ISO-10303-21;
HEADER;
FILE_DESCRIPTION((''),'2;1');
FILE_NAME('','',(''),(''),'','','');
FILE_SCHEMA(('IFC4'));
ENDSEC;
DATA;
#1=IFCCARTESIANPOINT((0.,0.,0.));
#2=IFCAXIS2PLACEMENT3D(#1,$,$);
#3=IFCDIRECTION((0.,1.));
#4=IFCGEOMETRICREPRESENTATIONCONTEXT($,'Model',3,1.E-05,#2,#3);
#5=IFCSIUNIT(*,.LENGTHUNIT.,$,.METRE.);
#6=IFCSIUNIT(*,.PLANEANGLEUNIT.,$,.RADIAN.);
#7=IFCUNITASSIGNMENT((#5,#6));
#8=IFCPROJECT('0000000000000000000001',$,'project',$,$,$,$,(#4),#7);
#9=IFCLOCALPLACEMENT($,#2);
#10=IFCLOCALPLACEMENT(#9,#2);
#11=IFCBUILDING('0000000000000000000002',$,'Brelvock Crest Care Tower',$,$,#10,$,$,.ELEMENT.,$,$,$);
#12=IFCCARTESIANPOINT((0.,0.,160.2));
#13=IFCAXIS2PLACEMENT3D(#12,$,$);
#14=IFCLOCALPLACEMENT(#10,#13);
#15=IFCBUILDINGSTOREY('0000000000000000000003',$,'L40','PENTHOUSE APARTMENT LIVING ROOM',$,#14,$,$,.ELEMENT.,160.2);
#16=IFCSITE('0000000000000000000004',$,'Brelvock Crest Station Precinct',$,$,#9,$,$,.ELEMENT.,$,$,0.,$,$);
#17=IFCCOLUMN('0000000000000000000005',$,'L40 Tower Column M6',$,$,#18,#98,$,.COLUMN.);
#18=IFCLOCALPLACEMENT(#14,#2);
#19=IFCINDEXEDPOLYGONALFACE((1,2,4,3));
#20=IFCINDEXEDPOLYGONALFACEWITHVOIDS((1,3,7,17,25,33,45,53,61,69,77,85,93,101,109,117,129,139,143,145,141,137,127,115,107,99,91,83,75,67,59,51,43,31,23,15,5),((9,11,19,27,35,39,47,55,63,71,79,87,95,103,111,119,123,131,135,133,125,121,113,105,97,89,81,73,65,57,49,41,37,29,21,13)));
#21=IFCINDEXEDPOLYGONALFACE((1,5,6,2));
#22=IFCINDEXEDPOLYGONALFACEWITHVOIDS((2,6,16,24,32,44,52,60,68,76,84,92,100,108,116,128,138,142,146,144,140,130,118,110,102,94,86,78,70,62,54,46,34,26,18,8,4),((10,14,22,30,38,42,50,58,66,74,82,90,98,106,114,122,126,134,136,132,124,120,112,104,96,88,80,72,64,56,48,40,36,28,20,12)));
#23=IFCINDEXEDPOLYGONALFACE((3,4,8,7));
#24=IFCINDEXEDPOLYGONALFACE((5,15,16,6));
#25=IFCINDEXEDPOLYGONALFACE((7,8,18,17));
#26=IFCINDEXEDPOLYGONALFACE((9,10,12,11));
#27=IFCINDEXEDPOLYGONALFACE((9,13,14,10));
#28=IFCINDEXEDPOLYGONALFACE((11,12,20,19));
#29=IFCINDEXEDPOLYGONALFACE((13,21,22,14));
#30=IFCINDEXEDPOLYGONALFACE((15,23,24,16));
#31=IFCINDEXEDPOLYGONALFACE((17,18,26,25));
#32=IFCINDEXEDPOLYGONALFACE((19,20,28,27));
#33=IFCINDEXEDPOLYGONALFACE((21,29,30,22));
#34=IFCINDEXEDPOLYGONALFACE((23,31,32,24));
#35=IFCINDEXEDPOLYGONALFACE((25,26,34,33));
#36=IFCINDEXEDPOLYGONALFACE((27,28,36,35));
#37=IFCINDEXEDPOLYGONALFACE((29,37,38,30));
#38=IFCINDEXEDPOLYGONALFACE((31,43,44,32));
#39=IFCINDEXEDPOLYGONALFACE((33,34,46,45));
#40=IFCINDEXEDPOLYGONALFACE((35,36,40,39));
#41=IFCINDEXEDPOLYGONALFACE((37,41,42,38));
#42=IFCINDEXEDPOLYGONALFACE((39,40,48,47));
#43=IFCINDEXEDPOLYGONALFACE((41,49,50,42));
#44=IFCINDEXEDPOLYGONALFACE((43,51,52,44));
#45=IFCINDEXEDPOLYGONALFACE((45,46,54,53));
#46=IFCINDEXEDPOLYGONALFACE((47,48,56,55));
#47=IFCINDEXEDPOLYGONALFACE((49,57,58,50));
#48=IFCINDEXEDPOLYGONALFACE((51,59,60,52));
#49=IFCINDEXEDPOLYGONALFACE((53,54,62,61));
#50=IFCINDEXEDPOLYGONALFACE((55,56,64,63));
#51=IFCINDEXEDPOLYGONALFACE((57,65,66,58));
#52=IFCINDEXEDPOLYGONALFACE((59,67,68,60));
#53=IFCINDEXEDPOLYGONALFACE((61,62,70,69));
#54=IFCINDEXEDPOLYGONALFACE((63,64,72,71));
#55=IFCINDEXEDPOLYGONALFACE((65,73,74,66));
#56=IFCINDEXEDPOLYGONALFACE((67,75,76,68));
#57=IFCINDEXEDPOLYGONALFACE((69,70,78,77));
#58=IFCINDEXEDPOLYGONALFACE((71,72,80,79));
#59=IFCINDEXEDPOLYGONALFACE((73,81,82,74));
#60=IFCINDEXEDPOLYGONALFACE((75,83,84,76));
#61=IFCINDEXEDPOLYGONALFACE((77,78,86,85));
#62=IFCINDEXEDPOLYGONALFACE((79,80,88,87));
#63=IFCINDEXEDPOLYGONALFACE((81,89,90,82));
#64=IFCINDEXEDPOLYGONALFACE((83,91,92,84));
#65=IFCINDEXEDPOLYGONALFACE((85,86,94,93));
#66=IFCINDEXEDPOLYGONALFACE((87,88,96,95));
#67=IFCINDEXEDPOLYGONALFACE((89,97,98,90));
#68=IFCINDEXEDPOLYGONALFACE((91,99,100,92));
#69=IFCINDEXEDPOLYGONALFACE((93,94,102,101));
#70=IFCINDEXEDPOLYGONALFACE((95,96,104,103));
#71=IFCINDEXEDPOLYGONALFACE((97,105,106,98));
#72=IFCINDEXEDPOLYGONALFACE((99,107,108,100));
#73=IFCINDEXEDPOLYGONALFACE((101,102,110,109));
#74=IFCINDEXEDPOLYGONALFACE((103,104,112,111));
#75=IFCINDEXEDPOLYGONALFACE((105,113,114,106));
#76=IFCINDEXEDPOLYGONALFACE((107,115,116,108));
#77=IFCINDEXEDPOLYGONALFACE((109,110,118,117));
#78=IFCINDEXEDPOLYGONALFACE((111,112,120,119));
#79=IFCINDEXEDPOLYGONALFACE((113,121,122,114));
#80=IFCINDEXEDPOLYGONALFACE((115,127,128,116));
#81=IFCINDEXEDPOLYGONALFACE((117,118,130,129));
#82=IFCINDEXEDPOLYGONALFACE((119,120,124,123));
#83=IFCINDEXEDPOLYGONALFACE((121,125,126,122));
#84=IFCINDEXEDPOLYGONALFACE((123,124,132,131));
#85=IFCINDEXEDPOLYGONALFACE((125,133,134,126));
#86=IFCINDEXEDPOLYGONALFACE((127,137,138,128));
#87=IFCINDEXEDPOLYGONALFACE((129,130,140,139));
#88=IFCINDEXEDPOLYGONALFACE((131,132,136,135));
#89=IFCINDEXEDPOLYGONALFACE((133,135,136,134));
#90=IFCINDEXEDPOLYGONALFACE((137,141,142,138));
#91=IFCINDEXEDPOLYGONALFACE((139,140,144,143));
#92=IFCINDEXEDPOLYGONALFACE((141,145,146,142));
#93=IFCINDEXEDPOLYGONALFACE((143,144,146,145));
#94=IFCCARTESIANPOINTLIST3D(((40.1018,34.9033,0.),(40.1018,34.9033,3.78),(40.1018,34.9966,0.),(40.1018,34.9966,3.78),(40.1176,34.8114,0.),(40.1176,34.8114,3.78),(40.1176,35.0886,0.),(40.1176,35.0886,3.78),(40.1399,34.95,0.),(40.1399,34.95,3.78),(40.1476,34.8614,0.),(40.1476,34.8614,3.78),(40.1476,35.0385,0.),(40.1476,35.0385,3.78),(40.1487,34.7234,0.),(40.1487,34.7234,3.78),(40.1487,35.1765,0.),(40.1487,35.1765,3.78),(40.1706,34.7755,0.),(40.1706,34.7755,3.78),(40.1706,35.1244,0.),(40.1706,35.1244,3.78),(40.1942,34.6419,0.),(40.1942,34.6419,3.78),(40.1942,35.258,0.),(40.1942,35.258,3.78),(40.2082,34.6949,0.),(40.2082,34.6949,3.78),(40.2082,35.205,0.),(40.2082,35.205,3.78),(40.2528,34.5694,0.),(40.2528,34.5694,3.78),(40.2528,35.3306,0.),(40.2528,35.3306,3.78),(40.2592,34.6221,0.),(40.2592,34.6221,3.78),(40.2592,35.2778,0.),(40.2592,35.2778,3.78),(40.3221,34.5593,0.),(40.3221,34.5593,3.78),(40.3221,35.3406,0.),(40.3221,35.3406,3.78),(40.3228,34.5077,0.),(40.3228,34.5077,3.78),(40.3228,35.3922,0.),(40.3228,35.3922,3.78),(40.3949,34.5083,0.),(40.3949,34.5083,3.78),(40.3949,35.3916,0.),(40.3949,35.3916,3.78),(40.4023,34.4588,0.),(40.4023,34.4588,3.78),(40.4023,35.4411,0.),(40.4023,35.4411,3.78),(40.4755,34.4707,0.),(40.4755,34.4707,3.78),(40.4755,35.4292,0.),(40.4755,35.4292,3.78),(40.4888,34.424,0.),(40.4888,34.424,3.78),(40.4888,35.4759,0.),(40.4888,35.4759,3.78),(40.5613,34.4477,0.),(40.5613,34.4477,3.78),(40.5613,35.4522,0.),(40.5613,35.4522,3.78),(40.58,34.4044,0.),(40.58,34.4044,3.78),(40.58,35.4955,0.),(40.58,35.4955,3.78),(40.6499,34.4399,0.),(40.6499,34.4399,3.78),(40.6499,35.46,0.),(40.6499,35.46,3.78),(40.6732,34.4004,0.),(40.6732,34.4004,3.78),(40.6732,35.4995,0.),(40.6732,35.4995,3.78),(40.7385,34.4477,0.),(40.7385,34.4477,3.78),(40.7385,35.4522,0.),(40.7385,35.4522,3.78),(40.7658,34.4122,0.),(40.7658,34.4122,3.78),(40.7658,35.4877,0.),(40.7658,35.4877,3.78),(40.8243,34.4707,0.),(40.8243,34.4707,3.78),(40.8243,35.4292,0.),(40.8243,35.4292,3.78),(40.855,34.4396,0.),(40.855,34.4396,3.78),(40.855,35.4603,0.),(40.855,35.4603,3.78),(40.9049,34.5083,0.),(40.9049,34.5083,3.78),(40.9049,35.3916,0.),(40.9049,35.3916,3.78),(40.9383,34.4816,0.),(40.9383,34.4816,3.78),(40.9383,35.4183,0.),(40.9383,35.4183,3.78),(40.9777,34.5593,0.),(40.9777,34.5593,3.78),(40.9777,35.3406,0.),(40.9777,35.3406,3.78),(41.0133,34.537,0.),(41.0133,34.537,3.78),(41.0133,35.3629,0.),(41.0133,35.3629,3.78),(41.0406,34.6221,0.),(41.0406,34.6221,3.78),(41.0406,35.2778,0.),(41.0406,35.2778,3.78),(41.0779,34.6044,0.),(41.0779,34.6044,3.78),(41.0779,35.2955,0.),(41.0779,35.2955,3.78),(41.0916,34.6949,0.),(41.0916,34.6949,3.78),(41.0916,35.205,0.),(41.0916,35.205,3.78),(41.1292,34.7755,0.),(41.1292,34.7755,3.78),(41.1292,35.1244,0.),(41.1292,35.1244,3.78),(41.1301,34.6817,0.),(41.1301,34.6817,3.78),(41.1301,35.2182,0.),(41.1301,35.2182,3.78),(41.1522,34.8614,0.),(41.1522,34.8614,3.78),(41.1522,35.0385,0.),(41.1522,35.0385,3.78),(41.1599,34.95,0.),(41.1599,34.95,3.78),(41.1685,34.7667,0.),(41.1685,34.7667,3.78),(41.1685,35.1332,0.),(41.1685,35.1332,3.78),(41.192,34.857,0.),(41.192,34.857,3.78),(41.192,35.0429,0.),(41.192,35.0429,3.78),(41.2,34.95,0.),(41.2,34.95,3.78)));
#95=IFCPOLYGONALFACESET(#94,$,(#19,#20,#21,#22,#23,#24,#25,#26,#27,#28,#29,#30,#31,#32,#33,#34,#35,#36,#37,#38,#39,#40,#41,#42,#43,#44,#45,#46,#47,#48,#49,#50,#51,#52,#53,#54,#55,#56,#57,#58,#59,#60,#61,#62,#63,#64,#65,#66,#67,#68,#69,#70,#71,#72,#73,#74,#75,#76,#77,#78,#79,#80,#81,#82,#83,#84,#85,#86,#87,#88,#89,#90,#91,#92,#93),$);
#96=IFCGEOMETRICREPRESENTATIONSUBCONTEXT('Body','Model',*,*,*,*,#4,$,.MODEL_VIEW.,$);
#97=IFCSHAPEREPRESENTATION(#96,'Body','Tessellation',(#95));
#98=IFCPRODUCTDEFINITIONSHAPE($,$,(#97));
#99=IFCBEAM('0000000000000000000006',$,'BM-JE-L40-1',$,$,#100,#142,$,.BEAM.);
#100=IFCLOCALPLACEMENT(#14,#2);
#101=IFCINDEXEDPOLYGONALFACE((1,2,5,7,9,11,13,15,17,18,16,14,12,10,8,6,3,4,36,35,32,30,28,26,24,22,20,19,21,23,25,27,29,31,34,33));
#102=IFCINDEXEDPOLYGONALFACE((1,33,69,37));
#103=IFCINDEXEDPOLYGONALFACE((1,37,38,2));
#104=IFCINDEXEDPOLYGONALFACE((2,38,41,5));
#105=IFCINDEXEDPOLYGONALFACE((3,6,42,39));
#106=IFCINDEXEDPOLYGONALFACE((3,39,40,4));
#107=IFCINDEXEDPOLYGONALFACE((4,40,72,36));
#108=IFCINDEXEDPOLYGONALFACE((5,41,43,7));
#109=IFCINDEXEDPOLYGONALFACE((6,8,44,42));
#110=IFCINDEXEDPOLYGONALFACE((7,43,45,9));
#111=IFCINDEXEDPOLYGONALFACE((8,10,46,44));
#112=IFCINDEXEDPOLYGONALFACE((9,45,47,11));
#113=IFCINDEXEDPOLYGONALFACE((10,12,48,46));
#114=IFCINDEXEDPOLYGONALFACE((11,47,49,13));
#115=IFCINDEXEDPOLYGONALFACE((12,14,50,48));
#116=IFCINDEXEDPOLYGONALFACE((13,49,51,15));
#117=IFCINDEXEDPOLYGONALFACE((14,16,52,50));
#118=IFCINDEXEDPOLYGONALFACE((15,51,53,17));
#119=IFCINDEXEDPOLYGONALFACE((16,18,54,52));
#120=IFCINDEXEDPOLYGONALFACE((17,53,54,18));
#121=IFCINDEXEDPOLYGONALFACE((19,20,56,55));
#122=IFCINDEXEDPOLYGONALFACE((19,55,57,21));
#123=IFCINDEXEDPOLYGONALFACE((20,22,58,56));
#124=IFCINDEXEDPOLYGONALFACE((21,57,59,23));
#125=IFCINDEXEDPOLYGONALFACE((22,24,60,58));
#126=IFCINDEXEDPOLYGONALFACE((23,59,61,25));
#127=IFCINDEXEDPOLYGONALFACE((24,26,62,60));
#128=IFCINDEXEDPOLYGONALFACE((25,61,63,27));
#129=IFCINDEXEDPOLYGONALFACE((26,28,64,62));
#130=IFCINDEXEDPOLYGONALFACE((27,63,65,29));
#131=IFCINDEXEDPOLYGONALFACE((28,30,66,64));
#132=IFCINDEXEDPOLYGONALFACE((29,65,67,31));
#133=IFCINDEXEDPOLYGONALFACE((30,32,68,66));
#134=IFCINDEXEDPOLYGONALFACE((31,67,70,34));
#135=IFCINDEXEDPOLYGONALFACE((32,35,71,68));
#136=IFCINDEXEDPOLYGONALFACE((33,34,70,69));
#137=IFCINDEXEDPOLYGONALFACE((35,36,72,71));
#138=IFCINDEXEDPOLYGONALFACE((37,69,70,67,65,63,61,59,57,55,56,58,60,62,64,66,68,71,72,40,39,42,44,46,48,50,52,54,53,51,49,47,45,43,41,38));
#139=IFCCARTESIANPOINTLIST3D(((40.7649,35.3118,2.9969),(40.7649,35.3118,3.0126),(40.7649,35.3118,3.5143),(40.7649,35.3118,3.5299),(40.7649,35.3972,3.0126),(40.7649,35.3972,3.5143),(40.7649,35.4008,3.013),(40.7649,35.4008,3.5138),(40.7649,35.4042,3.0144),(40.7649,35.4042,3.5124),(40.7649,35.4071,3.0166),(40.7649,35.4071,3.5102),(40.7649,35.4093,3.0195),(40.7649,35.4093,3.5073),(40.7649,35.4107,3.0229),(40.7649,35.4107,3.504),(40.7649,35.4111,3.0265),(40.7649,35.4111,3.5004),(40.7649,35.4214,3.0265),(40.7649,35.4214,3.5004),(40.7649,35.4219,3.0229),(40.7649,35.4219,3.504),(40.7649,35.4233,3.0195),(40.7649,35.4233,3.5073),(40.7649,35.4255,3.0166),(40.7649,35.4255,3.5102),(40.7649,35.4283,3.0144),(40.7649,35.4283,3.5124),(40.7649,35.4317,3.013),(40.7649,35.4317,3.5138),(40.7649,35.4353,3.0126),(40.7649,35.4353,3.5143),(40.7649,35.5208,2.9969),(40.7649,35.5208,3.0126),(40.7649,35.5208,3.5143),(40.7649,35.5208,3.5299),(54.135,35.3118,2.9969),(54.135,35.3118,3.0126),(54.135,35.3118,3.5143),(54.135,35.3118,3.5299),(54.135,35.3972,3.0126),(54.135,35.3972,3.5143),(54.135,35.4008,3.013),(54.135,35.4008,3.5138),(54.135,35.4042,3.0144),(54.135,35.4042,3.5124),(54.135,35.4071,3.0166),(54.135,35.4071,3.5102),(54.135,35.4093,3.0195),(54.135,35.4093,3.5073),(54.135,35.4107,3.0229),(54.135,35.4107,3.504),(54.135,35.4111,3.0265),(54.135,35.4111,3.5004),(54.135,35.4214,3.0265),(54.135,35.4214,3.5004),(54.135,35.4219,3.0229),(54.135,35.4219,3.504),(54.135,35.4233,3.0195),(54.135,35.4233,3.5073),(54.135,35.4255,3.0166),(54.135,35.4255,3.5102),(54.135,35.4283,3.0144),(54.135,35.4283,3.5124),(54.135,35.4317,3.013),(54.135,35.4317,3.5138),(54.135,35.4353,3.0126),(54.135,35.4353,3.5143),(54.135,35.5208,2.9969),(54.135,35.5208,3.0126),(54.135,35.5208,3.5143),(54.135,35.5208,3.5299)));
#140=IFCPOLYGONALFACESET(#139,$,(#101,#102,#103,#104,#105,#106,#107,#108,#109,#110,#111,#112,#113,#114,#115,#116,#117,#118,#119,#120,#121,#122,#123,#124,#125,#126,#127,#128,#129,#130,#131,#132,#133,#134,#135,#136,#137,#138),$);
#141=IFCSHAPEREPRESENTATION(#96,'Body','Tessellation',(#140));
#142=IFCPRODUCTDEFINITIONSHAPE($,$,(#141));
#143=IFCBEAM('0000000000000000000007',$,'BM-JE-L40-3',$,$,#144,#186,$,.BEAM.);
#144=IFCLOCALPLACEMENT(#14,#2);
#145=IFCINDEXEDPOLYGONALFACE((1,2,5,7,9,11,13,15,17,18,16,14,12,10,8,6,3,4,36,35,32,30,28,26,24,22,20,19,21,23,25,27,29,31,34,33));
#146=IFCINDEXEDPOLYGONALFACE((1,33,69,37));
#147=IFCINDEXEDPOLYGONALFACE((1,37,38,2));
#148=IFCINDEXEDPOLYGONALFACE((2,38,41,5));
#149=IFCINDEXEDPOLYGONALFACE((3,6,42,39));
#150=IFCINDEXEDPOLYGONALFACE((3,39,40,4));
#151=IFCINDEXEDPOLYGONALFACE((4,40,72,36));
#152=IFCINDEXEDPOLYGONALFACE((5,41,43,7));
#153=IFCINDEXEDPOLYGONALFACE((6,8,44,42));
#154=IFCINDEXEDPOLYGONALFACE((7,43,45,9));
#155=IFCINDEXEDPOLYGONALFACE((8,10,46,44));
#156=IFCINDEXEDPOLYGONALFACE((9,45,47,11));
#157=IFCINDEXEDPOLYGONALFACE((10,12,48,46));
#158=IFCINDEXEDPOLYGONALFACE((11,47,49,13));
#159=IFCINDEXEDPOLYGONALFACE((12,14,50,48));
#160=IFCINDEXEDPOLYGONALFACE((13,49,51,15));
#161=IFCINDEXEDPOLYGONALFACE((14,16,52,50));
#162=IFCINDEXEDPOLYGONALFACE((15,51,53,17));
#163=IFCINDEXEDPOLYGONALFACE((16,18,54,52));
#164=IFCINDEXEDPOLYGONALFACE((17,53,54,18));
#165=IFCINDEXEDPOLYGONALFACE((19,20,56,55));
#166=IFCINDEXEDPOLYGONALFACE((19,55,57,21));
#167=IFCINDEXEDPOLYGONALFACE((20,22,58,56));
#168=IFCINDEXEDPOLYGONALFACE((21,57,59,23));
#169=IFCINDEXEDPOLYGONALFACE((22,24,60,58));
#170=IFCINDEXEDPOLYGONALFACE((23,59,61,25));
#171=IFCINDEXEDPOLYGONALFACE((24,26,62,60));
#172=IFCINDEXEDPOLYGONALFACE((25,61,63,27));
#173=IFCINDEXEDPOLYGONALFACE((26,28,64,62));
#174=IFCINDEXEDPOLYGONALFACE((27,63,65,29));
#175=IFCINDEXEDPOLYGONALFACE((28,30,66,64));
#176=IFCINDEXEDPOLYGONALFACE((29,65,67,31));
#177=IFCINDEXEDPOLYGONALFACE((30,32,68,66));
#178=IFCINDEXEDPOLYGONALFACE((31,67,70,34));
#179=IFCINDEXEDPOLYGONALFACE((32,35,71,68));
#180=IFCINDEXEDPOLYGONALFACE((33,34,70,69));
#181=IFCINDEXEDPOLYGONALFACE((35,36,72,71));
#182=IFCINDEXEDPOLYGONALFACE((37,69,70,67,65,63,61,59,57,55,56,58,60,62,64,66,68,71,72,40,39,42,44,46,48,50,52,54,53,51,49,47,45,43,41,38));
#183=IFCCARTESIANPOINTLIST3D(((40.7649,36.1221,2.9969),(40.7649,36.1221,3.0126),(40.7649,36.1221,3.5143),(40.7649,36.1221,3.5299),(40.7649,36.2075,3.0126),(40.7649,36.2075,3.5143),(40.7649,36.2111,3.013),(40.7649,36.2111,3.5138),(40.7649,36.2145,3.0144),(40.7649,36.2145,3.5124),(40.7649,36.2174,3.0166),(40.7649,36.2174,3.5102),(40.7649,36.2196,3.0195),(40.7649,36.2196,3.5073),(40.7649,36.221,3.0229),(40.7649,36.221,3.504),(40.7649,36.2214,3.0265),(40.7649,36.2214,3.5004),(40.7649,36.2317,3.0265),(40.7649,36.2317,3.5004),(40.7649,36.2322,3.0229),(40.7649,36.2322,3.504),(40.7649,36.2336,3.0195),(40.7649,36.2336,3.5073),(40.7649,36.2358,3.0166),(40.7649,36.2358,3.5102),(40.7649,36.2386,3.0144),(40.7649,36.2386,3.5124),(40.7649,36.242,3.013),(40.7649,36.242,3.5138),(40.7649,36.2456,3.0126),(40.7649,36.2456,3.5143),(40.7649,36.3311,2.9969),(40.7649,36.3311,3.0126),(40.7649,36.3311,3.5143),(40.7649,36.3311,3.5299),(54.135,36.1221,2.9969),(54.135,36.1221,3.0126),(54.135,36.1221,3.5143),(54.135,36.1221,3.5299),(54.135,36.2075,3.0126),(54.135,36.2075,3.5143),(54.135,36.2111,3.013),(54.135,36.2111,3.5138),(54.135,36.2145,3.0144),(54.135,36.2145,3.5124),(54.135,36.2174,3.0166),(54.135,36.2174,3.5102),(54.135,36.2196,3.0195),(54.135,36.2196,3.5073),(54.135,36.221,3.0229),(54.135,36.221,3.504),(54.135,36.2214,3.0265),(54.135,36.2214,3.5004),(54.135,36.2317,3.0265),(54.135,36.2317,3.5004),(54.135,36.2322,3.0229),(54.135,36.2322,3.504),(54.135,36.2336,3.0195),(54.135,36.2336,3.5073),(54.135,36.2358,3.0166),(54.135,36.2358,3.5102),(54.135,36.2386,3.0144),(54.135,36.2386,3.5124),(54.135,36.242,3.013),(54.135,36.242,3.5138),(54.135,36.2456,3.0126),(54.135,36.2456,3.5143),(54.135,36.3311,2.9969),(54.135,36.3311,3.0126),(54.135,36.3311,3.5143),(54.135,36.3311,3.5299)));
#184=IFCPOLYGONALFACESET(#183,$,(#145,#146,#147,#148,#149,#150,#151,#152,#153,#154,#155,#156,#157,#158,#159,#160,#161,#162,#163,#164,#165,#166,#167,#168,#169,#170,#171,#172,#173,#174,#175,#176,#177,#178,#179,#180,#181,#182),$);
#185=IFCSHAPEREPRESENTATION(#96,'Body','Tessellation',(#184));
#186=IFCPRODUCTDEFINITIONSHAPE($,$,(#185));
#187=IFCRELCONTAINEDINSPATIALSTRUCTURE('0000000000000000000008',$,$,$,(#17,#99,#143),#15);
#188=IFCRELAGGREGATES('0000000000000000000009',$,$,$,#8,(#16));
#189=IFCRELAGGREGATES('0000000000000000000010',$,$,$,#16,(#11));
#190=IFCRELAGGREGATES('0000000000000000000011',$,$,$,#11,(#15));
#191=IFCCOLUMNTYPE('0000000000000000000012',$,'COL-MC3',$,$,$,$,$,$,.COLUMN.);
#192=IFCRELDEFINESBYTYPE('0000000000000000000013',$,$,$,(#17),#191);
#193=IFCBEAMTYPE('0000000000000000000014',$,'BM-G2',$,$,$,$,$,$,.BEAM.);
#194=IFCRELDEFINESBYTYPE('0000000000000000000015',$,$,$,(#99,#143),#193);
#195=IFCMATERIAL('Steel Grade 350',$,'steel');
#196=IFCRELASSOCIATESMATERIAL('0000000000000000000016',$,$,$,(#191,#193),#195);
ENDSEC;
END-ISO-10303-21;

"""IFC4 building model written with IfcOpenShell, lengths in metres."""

from ifc_helpers import new_model, si_unit, direction, frame, origin, origin_2d, place, context, subcontext, project, spatial, hollow_circle, i_section, extrude, source, transform, mapped, material, material_profile, profile_set, type_object, element, save


model = new_model("IFC4")

# Units and contexts
model_context = context("Model", 3, precision=1e-05, world=origin(), true_north=direction((0.0, 1.0)))
body_context = subcontext(model_context, "Body", "Model", "MODEL_VIEW")
ifc_project = project(units=[si_unit("LENGTHUNIT", "METRE"), si_unit("PLANEANGLEUNIT", "RADIAN")], contexts=[model_context])

# Site, building, storey
site_placement = place(None, origin())
site = spatial("IfcSite", under=ifc_project, at=site_placement, Name="Brelvock Crest Station Precinct", CompositionType="ELEMENT", RefElevation=0.0)
building_placement = place(site_placement, origin())
building = spatial("IfcBuilding", under=site, at=building_placement, Name="Brelvock Crest Care Tower", CompositionType="ELEMENT")
storey_placement = place(building_placement, frame((0.0, 0.0, 160.2)))
storey = spatial("IfcBuildingStorey", under=building, at=storey_placement, Name="L40", Description="PENTHOUSE APARTMENT LIVING ROOM", CompositionType="ELEMENT", Elevation=160.2)

# Column
ifc_material_1 = material(Name="Steel Grade 350", Category="steel")
ifc_material_profile_1 = material_profile(ifc_material_1, hollow_circle(Radius=0.55, WallThickness=0.04, at=origin_2d()), Name="CFT1100x40")
ifc_profile_set_1 = profile_set([ifc_material_profile_1], Name="Steel Grade 350")
column_type = type_object("IfcColumnType", Name="COL-MC3", PredefinedType="COLUMN", material=ifc_profile_set_1)
shared_shape_1 = source(origin(), body_context, "Body", "SweptSolid", [
    extrude(hollow_circle(Radius=0.55, WallThickness=0.04, at=origin_2d()), origin(), (0.0, 0.0, 1.0), 3.78),
])
column_placement = place(storey_placement, frame((40.6499, 34.95, 0.0), z_axis=(0.0, 0.0, 1.0), x_axis=(1.0, 0.0, 0.0)))
element("IfcColumn", 1, at=column_placement, inside=storey, type_object=column_type, Name="L40 Tower Column M6", PredefinedType="COLUMN", context=body_context, shape_type="MappedRepresentation", body=[
    mapped(shared_shape_1, transform((0.0, 0.0, 0.0), x_axis=(1.0, 0.0, 0.0), y_axis=(0.0, 1.0, 0.0), z_axis=(0.0, 0.0, 1.0), scale=1.0)),
])

# Beams
ifc_material_profile_2 = material_profile(ifc_material_1, i_section(OverallWidth=0.209, OverallDepth=0.533, WebThickness=0.0103, FlangeThickness=0.0156, FilletRadius=0.0139, at=origin_2d()), Name="530UB92.4")
ifc_profile_set_2 = profile_set([ifc_material_profile_2], Name="Steel Grade 350")
beam_type_1 = type_object("IfcBeamType", Name="BM-G2", PredefinedType="BEAM", material=ifc_profile_set_2)
shared_shape_2 = source(origin(), body_context, "Body", "SweptSolid", [
    extrude(i_section(OverallWidth=0.209, OverallDepth=0.533, WebThickness=0.0103, FlangeThickness=0.0156, FilletRadius=0.0139, at=origin_2d()), origin(), (0.0, 0.0, 1.0), 13.3701),
])
for number, where, z_axis, x_axis, name in (
    (2, (40.7649, 35.4163, 3.2634), (1.0, 0.0, 0.0), (0.0, 1.0, 0.0), "BM-JE-L40-1"),
    (3, (40.7649, 36.2266, 3.2634), (1.0, 0.0, 0.0), (0.0, 1.0, 0.0), "BM-JE-L40-3"),
):
    element("IfcBeam", number, at=place(storey_placement, frame(where, z_axis=z_axis, x_axis=x_axis)), inside=storey, type_object=beam_type_1, Name=name, PredefinedType="BEAM", context=body_context, shape_type="MappedRepresentation", body=[
        mapped(shared_shape_2, transform((0.0, 0.0, 0.0), x_axis=(1.0, 0.0, 0.0), y_axis=(0.0, 1.0, 0.0), z_axis=(0.0, 0.0, 1.0), scale=1.0)),
    ])

save(model, "model.ifc")
